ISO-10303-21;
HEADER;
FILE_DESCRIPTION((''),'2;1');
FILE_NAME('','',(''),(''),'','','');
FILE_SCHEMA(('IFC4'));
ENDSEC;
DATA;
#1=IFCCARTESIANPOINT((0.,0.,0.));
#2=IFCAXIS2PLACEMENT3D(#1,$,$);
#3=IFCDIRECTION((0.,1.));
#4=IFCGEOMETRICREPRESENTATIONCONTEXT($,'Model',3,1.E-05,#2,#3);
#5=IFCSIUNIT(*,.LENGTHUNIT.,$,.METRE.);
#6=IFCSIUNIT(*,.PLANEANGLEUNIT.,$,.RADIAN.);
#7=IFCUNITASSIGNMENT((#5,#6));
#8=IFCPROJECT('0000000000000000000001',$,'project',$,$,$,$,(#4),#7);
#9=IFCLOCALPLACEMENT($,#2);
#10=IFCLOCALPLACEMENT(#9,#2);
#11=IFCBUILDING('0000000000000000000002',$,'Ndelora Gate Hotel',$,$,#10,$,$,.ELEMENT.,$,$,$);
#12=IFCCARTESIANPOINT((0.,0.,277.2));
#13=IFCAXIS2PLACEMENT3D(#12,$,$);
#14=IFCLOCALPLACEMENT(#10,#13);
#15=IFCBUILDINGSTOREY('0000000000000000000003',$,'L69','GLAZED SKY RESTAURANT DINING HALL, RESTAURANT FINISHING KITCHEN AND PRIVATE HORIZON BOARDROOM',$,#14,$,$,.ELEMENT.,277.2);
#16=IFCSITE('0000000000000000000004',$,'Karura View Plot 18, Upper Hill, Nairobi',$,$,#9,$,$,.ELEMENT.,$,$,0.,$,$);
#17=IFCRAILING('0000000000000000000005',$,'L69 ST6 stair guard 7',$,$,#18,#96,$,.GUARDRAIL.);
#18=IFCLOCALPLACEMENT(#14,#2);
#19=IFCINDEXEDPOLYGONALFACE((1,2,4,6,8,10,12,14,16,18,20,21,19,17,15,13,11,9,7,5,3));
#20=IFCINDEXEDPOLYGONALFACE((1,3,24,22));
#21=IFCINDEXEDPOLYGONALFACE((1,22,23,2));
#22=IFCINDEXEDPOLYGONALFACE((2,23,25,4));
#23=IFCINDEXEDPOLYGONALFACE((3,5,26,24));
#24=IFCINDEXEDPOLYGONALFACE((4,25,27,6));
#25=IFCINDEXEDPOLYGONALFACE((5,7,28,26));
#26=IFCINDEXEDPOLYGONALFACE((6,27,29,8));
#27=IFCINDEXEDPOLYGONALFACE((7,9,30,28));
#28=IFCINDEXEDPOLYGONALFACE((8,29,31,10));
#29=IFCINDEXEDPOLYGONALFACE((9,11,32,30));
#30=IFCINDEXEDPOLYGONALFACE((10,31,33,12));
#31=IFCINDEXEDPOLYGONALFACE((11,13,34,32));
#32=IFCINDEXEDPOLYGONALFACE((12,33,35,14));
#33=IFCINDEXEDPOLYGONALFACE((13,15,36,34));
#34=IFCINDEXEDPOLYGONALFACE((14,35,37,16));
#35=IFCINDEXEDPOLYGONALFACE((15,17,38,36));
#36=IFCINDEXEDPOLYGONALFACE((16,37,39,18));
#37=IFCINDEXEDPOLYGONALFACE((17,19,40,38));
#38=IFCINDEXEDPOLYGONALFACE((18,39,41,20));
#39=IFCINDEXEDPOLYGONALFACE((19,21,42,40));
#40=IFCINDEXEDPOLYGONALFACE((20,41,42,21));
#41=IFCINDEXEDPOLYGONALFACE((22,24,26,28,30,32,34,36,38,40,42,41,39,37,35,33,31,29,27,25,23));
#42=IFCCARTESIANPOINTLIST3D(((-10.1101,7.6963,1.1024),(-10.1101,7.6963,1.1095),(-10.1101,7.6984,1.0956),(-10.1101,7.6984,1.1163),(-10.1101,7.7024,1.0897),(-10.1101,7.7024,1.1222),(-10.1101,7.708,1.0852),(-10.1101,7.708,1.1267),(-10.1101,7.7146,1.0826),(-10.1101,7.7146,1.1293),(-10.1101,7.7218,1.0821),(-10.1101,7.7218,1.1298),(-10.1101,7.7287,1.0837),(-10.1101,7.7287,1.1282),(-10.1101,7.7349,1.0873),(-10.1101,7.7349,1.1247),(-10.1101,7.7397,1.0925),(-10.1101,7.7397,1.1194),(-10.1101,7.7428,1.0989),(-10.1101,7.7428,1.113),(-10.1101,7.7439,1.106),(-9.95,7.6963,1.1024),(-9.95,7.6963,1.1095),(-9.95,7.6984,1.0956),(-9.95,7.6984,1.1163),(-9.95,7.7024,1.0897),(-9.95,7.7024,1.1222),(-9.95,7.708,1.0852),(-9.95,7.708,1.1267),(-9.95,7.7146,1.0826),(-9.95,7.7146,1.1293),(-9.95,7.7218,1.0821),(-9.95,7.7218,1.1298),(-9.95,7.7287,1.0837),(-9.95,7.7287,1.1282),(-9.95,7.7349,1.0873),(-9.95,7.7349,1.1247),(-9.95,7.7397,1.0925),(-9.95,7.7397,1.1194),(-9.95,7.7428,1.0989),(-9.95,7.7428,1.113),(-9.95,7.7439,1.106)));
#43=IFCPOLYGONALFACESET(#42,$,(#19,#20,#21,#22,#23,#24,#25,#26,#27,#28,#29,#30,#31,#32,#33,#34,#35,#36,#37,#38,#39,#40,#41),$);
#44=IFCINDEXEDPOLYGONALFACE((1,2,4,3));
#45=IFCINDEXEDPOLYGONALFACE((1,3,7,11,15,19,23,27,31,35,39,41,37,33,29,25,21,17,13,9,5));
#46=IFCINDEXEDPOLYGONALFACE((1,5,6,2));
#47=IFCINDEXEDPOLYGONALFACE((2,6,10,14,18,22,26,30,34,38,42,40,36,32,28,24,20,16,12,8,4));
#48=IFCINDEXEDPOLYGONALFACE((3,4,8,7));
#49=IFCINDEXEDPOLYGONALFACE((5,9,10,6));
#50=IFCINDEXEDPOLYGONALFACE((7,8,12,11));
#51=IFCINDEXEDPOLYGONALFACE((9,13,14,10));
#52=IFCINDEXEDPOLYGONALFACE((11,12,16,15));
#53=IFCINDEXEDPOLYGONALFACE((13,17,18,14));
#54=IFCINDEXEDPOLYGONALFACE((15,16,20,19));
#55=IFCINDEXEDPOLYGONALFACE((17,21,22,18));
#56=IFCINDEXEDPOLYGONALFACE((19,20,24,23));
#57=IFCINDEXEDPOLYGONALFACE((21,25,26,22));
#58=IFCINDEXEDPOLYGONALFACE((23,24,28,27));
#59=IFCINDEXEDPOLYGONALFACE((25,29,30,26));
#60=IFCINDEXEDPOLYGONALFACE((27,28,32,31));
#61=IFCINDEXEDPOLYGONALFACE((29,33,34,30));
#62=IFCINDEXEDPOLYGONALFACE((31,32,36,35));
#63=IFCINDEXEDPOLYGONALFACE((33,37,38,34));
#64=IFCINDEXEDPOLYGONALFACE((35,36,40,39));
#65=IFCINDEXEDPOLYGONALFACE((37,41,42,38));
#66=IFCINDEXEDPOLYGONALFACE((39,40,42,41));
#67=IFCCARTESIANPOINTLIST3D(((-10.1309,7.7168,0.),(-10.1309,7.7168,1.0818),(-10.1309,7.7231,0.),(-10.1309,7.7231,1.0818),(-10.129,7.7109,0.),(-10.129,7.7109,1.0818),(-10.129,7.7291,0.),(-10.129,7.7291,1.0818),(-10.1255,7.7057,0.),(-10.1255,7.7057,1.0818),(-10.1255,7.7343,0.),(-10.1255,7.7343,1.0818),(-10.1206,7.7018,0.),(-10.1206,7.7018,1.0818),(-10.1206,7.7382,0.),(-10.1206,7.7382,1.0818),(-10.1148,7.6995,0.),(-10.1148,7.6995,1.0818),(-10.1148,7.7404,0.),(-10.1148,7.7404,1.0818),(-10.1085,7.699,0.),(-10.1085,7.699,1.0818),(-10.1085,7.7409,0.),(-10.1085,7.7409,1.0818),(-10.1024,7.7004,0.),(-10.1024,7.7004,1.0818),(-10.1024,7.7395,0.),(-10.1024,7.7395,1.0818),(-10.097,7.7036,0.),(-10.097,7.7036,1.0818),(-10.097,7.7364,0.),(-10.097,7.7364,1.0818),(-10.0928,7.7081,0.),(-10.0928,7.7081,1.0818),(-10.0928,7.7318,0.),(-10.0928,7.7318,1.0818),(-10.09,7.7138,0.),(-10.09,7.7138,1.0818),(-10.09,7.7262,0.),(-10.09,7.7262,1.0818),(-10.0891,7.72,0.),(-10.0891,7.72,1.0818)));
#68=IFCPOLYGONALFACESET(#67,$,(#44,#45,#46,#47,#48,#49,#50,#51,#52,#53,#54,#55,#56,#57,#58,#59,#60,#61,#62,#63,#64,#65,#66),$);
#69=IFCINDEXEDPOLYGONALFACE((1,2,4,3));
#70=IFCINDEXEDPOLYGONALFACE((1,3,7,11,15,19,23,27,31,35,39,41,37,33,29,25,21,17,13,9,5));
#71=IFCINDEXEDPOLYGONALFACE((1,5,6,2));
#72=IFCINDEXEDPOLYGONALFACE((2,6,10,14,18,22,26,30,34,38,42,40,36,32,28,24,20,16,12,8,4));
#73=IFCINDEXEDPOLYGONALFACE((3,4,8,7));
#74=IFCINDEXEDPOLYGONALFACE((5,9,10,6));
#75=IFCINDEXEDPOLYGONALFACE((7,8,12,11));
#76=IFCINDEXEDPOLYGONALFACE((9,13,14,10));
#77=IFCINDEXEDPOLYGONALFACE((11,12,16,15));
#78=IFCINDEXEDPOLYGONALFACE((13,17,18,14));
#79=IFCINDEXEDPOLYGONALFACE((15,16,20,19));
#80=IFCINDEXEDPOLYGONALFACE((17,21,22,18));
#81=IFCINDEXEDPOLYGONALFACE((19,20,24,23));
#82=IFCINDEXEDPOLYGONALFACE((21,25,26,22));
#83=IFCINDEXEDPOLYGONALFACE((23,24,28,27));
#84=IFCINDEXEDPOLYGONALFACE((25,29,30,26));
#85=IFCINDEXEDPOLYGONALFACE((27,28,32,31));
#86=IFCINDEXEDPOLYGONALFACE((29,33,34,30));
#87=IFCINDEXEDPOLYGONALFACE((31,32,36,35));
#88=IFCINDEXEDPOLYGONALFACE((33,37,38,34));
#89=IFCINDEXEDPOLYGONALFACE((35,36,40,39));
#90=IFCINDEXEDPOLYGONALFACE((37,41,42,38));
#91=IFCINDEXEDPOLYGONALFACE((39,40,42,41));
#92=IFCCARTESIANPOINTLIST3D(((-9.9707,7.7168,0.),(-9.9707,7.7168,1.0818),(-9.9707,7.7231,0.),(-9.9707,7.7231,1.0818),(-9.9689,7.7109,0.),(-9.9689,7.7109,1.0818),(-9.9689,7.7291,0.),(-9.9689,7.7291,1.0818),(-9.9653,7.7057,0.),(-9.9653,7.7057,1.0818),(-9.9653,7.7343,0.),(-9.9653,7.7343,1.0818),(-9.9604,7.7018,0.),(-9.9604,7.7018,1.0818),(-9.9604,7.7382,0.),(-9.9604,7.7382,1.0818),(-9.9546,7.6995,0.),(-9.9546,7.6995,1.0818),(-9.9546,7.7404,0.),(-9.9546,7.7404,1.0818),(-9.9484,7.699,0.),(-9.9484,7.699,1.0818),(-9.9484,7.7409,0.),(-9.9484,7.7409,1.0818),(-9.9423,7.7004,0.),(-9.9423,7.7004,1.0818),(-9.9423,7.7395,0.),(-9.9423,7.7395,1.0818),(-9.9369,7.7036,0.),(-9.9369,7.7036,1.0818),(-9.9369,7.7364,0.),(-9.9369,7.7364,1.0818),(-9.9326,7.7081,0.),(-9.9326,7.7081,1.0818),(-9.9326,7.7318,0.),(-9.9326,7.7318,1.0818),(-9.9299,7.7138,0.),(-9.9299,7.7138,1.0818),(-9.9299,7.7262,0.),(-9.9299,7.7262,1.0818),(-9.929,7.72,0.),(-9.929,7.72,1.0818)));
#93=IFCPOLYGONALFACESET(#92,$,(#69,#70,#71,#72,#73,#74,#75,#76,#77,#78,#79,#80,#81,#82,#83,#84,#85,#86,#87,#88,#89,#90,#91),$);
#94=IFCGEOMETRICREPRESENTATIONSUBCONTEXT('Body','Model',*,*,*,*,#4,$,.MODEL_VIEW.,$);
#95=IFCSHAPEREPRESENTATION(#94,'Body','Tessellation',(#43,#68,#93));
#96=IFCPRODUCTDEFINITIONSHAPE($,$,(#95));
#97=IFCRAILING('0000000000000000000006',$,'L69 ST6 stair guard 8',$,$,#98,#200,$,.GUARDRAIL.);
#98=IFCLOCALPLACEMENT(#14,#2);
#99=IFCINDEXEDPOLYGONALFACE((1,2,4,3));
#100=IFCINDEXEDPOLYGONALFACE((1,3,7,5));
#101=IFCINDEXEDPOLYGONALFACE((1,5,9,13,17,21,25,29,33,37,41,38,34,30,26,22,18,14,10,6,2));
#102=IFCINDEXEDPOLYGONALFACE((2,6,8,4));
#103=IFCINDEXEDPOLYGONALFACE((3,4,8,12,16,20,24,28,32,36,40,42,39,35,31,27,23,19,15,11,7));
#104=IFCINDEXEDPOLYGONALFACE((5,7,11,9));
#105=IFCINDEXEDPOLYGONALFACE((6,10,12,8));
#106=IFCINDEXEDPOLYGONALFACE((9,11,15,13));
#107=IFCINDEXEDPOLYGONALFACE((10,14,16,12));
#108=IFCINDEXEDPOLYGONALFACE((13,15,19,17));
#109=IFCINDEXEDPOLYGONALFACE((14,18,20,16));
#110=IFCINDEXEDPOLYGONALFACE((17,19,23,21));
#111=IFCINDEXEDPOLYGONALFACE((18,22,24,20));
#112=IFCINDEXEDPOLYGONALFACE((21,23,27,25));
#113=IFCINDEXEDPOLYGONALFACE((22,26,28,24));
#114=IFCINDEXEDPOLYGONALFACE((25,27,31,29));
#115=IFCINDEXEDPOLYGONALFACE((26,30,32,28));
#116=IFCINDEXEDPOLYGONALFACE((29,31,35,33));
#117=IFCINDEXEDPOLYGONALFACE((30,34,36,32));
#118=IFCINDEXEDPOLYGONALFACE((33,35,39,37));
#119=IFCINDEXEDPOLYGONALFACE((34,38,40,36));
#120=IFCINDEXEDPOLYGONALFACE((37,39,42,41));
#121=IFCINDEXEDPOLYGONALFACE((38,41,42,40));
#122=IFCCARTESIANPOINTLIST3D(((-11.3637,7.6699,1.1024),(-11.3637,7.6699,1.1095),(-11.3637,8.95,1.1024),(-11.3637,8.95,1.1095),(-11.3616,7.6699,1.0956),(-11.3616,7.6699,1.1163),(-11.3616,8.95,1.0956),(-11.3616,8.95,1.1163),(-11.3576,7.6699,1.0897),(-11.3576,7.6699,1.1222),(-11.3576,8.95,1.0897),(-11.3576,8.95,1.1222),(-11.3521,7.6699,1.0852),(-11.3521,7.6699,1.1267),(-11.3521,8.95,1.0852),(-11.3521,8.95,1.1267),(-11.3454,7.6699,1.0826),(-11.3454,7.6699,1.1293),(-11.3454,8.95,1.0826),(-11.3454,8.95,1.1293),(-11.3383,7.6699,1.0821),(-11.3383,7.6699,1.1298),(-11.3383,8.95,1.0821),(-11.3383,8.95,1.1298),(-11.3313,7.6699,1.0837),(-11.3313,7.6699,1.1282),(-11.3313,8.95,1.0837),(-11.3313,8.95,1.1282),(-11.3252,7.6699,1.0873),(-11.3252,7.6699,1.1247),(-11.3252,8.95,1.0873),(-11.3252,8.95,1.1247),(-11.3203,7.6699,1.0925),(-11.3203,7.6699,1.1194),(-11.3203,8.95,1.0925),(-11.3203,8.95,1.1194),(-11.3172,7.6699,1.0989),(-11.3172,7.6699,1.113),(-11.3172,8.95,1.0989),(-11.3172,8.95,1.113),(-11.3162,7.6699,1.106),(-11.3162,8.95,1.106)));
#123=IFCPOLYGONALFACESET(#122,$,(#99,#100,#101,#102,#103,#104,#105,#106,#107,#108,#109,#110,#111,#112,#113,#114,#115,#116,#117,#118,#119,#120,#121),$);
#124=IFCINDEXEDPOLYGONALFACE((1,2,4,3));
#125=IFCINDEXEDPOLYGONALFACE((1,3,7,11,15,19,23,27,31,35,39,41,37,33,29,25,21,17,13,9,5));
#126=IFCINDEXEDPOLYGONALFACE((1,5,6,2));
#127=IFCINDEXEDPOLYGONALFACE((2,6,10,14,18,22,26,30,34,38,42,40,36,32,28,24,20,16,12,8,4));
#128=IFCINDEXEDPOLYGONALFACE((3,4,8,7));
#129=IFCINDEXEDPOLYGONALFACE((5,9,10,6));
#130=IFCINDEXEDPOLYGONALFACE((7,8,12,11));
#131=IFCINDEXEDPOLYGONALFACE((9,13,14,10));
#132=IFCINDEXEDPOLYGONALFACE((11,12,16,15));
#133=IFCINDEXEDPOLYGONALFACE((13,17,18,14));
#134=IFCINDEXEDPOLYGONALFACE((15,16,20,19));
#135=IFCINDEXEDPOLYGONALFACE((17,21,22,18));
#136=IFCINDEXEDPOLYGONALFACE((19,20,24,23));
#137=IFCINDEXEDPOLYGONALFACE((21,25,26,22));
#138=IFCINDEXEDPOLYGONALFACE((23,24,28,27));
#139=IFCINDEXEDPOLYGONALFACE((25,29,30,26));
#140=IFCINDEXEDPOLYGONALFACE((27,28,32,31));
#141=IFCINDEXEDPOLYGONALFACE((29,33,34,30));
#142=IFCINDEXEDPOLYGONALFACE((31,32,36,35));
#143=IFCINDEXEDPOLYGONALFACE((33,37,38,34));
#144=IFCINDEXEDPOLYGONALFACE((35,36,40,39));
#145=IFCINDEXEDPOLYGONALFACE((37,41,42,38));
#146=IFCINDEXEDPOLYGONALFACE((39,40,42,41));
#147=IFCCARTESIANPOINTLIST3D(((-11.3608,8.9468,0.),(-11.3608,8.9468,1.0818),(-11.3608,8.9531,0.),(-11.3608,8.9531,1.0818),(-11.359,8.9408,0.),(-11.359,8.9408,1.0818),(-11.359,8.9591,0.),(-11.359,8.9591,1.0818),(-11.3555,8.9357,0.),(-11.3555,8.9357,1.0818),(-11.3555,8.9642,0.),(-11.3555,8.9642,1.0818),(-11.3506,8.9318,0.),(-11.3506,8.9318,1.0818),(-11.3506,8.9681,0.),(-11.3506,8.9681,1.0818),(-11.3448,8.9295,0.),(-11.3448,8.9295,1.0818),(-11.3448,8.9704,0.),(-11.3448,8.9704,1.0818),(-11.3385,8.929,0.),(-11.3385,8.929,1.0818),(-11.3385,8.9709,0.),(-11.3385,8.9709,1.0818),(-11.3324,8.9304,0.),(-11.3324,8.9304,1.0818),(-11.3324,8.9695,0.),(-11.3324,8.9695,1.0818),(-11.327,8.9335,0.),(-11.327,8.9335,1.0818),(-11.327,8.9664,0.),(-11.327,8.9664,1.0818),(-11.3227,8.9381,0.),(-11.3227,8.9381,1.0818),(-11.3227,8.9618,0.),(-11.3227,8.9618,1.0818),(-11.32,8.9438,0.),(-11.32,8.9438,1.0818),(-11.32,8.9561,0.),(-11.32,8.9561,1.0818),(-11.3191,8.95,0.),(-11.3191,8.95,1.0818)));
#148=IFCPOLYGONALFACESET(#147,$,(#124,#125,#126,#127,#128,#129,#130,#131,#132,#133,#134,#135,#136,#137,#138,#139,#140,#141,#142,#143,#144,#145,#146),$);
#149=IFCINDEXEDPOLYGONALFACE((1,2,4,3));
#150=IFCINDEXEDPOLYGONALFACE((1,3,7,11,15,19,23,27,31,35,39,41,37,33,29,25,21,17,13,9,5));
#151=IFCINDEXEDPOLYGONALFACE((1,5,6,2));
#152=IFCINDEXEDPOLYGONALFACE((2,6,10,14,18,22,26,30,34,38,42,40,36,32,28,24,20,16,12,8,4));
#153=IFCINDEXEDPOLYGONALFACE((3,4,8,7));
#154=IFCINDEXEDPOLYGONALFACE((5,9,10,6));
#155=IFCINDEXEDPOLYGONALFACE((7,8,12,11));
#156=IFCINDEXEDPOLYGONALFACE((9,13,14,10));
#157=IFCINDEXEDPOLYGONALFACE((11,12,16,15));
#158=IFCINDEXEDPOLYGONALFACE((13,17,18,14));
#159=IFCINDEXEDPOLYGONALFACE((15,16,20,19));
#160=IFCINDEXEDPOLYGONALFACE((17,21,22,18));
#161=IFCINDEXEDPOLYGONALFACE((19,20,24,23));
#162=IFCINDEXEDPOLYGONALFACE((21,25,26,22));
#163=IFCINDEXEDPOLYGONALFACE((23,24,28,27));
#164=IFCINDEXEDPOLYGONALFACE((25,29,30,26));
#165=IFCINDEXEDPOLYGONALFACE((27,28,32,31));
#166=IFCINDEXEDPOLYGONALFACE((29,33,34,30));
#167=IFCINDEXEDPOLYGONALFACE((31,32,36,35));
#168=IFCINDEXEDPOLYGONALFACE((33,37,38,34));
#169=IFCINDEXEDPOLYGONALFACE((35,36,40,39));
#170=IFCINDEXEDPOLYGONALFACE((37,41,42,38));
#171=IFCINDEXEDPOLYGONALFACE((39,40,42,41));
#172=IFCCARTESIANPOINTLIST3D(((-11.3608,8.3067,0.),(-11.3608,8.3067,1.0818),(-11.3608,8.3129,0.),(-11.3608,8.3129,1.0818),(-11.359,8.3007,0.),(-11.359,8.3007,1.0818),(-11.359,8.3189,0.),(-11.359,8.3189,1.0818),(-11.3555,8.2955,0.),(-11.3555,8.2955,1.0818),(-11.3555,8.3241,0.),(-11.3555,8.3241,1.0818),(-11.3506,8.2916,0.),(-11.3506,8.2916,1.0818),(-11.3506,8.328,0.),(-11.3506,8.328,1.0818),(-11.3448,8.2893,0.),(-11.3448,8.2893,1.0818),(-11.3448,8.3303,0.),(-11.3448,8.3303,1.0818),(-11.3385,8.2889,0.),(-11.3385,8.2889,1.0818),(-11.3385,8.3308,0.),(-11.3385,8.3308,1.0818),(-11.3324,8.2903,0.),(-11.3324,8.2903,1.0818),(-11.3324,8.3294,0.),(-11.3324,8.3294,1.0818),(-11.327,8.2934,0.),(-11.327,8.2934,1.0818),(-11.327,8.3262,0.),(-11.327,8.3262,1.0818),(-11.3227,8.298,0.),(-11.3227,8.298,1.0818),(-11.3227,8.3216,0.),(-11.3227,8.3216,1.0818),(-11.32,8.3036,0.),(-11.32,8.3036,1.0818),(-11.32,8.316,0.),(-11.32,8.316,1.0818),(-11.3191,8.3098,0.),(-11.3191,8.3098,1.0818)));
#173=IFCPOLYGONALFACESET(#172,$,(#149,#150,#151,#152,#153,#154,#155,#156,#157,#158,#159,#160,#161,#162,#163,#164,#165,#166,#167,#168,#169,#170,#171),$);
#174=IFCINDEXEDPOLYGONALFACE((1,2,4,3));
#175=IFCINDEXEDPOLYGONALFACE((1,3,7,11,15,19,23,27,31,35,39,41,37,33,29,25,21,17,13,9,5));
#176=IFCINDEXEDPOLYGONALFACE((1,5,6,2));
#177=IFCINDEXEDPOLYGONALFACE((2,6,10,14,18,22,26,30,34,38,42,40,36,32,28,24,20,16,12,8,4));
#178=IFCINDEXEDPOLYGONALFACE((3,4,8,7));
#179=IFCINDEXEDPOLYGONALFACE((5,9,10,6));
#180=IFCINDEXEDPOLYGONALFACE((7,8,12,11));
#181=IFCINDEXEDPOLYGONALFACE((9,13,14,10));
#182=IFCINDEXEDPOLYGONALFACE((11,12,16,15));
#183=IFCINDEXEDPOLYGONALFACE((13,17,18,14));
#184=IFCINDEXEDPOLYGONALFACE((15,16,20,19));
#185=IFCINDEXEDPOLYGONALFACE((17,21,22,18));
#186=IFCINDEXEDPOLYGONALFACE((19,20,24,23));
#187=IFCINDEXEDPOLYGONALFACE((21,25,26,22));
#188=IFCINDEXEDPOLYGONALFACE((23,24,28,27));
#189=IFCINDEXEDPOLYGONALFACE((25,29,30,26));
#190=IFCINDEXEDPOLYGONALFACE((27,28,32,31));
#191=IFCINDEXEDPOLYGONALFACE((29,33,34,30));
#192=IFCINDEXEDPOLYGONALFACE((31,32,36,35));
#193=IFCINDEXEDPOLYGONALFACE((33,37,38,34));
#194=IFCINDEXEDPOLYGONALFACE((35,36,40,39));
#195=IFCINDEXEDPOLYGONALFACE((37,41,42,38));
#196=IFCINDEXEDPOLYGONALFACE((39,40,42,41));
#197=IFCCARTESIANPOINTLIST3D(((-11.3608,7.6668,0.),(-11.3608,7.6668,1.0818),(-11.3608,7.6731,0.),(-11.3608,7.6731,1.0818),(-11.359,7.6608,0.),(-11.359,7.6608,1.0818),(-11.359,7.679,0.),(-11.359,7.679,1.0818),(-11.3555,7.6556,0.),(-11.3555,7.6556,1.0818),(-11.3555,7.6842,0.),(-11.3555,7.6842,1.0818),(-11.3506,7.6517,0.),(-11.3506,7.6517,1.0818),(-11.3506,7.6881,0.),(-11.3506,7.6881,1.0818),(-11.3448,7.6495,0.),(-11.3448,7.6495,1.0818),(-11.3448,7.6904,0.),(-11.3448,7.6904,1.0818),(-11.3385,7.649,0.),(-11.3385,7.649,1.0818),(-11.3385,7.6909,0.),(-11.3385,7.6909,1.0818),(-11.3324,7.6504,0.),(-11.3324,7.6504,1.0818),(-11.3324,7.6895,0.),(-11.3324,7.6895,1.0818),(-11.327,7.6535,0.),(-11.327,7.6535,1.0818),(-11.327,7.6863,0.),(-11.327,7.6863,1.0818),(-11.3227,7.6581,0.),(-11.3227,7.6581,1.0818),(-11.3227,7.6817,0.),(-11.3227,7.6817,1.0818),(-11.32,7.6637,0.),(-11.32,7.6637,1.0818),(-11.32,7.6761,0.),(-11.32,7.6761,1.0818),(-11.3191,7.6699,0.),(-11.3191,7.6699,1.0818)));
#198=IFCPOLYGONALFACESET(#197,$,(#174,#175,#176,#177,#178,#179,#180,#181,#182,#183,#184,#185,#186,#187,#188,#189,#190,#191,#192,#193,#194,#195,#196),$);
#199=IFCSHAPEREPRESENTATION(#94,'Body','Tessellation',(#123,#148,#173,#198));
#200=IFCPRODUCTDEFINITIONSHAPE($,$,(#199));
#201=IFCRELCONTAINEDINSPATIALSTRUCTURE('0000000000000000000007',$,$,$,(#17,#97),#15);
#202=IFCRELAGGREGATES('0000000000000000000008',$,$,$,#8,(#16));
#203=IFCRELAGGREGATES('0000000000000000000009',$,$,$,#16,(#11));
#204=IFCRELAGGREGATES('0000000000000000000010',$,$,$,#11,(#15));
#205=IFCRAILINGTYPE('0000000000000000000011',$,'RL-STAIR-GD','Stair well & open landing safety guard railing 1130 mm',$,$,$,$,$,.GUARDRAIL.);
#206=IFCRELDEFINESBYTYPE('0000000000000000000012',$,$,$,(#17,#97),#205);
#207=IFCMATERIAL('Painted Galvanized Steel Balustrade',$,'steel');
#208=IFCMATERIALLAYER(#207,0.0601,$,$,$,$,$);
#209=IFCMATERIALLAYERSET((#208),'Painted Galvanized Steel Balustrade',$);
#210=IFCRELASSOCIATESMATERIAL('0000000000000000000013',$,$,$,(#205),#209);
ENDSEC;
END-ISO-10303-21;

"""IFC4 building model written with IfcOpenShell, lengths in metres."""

from ifc_helpers import new_model, si_unit, direction, frame, origin, origin_2d, place, context, subcontext, project, spatial, circle, extrude, material, layer, layer_set, type_object, element, save


model = new_model("IFC4")

# Units and contexts
model_context = context("Model", 3, precision=1e-05, world=origin(), true_north=direction((0.0, 1.0)))
body_context = subcontext(model_context, "Body", "Model", "MODEL_VIEW")
ifc_project = project(units=[si_unit("LENGTHUNIT", "METRE"), si_unit("PLANEANGLEUNIT", "RADIAN")], contexts=[model_context])

# Site, building, storey
site_placement = place(None, origin())
site = spatial("IfcSite", under=ifc_project, at=site_placement, Name="Karura View Plot 18, Upper Hill, Nairobi", CompositionType="ELEMENT", RefElevation=0.0)
building_placement = place(site_placement, origin())
building = spatial("IfcBuilding", under=site, at=building_placement, Name="Ndelora Gate Hotel", CompositionType="ELEMENT")
storey_placement = place(building_placement, frame((0.0, 0.0, 277.2)))
storey = spatial("IfcBuildingStorey", under=building, at=storey_placement, Name="L69", Description="GLAZED SKY RESTAURANT DINING HALL, RESTAURANT FINISHING KITCHEN AND PRIVATE HORIZON BOARDROOM", CompositionType="ELEMENT", Elevation=277.2)

# Railings
ifc_material_1 = material(Name="Painted Galvanized Steel Balustrade", Category="steel")
ifc_layer_1 = layer(ifc_material_1, 0.0601)
ifc_layer_set_1 = layer_set([ifc_layer_1], Name="Painted Galvanized Steel Balustrade")
railing_type_1 = type_object("IfcRailingType", Name="RL-STAIR-GD", Description="Stair well & open landing safety guard railing 1130 mm", PredefinedType="GUARDRAIL", material=ifc_layer_set_1)
railing_1_placement = place(storey_placement, frame((-10.1101, 7.72, 0.0)))
element("IfcRailing", 1, at=railing_1_placement, inside=storey, type_object=railing_type_1, Name="L69 ST6 stair guard 7", PredefinedType="GUARDRAIL", context=body_context, shape_type="SweptSolid", body=[
    extrude(circle(Radius=0.0239, at=origin_2d()), frame((0.0, 0.0, 1.106), z_axis=(1.0, 0.0, 0.0), x_axis=(0.0, 1.0, 0.0)), (0.0, 0.0, 1.0), 0.1602),
    extrude(circle(Radius=0.021, at=origin_2d()), origin(), (0.0, 0.0, 1.0), 1.0818),
    extrude(circle(Radius=0.021, at=origin_2d()), frame((0.1602, 0.0, 0.0)), (0.0, 0.0, 1.0), 1.0818),
])
railing_2_placement = place(storey_placement, frame((-11.3401, 8.95, 0.0)))
element("IfcRailing", 2, at=railing_2_placement, inside=storey, type_object=railing_type_1, Name="L69 ST6 stair guard 8", PredefinedType="GUARDRAIL", context=body_context, shape_type="SweptSolid", body=[
    extrude(circle(Radius=0.0239, at=origin_2d()), frame((0.0, 0.0, 1.106), z_axis=(0.0, -1.0, 0.0), x_axis=(1.0, 0.0, 0.0)), (0.0, 0.0, 1.0), 1.28),
    extrude(circle(Radius=0.021, at=origin_2d()), origin(), (0.0, 0.0, 1.0), 1.0818),
    extrude(circle(Radius=0.021, at=origin_2d()), frame((0.0, -0.6401, 0.0)), (0.0, 0.0, 1.0), 1.0818),
    extrude(circle(Radius=0.021, at=origin_2d()), frame((0.0, -1.28, 0.0)), (0.0, 0.0, 1.0), 1.0818),
])

save(model, "model.ifc")
